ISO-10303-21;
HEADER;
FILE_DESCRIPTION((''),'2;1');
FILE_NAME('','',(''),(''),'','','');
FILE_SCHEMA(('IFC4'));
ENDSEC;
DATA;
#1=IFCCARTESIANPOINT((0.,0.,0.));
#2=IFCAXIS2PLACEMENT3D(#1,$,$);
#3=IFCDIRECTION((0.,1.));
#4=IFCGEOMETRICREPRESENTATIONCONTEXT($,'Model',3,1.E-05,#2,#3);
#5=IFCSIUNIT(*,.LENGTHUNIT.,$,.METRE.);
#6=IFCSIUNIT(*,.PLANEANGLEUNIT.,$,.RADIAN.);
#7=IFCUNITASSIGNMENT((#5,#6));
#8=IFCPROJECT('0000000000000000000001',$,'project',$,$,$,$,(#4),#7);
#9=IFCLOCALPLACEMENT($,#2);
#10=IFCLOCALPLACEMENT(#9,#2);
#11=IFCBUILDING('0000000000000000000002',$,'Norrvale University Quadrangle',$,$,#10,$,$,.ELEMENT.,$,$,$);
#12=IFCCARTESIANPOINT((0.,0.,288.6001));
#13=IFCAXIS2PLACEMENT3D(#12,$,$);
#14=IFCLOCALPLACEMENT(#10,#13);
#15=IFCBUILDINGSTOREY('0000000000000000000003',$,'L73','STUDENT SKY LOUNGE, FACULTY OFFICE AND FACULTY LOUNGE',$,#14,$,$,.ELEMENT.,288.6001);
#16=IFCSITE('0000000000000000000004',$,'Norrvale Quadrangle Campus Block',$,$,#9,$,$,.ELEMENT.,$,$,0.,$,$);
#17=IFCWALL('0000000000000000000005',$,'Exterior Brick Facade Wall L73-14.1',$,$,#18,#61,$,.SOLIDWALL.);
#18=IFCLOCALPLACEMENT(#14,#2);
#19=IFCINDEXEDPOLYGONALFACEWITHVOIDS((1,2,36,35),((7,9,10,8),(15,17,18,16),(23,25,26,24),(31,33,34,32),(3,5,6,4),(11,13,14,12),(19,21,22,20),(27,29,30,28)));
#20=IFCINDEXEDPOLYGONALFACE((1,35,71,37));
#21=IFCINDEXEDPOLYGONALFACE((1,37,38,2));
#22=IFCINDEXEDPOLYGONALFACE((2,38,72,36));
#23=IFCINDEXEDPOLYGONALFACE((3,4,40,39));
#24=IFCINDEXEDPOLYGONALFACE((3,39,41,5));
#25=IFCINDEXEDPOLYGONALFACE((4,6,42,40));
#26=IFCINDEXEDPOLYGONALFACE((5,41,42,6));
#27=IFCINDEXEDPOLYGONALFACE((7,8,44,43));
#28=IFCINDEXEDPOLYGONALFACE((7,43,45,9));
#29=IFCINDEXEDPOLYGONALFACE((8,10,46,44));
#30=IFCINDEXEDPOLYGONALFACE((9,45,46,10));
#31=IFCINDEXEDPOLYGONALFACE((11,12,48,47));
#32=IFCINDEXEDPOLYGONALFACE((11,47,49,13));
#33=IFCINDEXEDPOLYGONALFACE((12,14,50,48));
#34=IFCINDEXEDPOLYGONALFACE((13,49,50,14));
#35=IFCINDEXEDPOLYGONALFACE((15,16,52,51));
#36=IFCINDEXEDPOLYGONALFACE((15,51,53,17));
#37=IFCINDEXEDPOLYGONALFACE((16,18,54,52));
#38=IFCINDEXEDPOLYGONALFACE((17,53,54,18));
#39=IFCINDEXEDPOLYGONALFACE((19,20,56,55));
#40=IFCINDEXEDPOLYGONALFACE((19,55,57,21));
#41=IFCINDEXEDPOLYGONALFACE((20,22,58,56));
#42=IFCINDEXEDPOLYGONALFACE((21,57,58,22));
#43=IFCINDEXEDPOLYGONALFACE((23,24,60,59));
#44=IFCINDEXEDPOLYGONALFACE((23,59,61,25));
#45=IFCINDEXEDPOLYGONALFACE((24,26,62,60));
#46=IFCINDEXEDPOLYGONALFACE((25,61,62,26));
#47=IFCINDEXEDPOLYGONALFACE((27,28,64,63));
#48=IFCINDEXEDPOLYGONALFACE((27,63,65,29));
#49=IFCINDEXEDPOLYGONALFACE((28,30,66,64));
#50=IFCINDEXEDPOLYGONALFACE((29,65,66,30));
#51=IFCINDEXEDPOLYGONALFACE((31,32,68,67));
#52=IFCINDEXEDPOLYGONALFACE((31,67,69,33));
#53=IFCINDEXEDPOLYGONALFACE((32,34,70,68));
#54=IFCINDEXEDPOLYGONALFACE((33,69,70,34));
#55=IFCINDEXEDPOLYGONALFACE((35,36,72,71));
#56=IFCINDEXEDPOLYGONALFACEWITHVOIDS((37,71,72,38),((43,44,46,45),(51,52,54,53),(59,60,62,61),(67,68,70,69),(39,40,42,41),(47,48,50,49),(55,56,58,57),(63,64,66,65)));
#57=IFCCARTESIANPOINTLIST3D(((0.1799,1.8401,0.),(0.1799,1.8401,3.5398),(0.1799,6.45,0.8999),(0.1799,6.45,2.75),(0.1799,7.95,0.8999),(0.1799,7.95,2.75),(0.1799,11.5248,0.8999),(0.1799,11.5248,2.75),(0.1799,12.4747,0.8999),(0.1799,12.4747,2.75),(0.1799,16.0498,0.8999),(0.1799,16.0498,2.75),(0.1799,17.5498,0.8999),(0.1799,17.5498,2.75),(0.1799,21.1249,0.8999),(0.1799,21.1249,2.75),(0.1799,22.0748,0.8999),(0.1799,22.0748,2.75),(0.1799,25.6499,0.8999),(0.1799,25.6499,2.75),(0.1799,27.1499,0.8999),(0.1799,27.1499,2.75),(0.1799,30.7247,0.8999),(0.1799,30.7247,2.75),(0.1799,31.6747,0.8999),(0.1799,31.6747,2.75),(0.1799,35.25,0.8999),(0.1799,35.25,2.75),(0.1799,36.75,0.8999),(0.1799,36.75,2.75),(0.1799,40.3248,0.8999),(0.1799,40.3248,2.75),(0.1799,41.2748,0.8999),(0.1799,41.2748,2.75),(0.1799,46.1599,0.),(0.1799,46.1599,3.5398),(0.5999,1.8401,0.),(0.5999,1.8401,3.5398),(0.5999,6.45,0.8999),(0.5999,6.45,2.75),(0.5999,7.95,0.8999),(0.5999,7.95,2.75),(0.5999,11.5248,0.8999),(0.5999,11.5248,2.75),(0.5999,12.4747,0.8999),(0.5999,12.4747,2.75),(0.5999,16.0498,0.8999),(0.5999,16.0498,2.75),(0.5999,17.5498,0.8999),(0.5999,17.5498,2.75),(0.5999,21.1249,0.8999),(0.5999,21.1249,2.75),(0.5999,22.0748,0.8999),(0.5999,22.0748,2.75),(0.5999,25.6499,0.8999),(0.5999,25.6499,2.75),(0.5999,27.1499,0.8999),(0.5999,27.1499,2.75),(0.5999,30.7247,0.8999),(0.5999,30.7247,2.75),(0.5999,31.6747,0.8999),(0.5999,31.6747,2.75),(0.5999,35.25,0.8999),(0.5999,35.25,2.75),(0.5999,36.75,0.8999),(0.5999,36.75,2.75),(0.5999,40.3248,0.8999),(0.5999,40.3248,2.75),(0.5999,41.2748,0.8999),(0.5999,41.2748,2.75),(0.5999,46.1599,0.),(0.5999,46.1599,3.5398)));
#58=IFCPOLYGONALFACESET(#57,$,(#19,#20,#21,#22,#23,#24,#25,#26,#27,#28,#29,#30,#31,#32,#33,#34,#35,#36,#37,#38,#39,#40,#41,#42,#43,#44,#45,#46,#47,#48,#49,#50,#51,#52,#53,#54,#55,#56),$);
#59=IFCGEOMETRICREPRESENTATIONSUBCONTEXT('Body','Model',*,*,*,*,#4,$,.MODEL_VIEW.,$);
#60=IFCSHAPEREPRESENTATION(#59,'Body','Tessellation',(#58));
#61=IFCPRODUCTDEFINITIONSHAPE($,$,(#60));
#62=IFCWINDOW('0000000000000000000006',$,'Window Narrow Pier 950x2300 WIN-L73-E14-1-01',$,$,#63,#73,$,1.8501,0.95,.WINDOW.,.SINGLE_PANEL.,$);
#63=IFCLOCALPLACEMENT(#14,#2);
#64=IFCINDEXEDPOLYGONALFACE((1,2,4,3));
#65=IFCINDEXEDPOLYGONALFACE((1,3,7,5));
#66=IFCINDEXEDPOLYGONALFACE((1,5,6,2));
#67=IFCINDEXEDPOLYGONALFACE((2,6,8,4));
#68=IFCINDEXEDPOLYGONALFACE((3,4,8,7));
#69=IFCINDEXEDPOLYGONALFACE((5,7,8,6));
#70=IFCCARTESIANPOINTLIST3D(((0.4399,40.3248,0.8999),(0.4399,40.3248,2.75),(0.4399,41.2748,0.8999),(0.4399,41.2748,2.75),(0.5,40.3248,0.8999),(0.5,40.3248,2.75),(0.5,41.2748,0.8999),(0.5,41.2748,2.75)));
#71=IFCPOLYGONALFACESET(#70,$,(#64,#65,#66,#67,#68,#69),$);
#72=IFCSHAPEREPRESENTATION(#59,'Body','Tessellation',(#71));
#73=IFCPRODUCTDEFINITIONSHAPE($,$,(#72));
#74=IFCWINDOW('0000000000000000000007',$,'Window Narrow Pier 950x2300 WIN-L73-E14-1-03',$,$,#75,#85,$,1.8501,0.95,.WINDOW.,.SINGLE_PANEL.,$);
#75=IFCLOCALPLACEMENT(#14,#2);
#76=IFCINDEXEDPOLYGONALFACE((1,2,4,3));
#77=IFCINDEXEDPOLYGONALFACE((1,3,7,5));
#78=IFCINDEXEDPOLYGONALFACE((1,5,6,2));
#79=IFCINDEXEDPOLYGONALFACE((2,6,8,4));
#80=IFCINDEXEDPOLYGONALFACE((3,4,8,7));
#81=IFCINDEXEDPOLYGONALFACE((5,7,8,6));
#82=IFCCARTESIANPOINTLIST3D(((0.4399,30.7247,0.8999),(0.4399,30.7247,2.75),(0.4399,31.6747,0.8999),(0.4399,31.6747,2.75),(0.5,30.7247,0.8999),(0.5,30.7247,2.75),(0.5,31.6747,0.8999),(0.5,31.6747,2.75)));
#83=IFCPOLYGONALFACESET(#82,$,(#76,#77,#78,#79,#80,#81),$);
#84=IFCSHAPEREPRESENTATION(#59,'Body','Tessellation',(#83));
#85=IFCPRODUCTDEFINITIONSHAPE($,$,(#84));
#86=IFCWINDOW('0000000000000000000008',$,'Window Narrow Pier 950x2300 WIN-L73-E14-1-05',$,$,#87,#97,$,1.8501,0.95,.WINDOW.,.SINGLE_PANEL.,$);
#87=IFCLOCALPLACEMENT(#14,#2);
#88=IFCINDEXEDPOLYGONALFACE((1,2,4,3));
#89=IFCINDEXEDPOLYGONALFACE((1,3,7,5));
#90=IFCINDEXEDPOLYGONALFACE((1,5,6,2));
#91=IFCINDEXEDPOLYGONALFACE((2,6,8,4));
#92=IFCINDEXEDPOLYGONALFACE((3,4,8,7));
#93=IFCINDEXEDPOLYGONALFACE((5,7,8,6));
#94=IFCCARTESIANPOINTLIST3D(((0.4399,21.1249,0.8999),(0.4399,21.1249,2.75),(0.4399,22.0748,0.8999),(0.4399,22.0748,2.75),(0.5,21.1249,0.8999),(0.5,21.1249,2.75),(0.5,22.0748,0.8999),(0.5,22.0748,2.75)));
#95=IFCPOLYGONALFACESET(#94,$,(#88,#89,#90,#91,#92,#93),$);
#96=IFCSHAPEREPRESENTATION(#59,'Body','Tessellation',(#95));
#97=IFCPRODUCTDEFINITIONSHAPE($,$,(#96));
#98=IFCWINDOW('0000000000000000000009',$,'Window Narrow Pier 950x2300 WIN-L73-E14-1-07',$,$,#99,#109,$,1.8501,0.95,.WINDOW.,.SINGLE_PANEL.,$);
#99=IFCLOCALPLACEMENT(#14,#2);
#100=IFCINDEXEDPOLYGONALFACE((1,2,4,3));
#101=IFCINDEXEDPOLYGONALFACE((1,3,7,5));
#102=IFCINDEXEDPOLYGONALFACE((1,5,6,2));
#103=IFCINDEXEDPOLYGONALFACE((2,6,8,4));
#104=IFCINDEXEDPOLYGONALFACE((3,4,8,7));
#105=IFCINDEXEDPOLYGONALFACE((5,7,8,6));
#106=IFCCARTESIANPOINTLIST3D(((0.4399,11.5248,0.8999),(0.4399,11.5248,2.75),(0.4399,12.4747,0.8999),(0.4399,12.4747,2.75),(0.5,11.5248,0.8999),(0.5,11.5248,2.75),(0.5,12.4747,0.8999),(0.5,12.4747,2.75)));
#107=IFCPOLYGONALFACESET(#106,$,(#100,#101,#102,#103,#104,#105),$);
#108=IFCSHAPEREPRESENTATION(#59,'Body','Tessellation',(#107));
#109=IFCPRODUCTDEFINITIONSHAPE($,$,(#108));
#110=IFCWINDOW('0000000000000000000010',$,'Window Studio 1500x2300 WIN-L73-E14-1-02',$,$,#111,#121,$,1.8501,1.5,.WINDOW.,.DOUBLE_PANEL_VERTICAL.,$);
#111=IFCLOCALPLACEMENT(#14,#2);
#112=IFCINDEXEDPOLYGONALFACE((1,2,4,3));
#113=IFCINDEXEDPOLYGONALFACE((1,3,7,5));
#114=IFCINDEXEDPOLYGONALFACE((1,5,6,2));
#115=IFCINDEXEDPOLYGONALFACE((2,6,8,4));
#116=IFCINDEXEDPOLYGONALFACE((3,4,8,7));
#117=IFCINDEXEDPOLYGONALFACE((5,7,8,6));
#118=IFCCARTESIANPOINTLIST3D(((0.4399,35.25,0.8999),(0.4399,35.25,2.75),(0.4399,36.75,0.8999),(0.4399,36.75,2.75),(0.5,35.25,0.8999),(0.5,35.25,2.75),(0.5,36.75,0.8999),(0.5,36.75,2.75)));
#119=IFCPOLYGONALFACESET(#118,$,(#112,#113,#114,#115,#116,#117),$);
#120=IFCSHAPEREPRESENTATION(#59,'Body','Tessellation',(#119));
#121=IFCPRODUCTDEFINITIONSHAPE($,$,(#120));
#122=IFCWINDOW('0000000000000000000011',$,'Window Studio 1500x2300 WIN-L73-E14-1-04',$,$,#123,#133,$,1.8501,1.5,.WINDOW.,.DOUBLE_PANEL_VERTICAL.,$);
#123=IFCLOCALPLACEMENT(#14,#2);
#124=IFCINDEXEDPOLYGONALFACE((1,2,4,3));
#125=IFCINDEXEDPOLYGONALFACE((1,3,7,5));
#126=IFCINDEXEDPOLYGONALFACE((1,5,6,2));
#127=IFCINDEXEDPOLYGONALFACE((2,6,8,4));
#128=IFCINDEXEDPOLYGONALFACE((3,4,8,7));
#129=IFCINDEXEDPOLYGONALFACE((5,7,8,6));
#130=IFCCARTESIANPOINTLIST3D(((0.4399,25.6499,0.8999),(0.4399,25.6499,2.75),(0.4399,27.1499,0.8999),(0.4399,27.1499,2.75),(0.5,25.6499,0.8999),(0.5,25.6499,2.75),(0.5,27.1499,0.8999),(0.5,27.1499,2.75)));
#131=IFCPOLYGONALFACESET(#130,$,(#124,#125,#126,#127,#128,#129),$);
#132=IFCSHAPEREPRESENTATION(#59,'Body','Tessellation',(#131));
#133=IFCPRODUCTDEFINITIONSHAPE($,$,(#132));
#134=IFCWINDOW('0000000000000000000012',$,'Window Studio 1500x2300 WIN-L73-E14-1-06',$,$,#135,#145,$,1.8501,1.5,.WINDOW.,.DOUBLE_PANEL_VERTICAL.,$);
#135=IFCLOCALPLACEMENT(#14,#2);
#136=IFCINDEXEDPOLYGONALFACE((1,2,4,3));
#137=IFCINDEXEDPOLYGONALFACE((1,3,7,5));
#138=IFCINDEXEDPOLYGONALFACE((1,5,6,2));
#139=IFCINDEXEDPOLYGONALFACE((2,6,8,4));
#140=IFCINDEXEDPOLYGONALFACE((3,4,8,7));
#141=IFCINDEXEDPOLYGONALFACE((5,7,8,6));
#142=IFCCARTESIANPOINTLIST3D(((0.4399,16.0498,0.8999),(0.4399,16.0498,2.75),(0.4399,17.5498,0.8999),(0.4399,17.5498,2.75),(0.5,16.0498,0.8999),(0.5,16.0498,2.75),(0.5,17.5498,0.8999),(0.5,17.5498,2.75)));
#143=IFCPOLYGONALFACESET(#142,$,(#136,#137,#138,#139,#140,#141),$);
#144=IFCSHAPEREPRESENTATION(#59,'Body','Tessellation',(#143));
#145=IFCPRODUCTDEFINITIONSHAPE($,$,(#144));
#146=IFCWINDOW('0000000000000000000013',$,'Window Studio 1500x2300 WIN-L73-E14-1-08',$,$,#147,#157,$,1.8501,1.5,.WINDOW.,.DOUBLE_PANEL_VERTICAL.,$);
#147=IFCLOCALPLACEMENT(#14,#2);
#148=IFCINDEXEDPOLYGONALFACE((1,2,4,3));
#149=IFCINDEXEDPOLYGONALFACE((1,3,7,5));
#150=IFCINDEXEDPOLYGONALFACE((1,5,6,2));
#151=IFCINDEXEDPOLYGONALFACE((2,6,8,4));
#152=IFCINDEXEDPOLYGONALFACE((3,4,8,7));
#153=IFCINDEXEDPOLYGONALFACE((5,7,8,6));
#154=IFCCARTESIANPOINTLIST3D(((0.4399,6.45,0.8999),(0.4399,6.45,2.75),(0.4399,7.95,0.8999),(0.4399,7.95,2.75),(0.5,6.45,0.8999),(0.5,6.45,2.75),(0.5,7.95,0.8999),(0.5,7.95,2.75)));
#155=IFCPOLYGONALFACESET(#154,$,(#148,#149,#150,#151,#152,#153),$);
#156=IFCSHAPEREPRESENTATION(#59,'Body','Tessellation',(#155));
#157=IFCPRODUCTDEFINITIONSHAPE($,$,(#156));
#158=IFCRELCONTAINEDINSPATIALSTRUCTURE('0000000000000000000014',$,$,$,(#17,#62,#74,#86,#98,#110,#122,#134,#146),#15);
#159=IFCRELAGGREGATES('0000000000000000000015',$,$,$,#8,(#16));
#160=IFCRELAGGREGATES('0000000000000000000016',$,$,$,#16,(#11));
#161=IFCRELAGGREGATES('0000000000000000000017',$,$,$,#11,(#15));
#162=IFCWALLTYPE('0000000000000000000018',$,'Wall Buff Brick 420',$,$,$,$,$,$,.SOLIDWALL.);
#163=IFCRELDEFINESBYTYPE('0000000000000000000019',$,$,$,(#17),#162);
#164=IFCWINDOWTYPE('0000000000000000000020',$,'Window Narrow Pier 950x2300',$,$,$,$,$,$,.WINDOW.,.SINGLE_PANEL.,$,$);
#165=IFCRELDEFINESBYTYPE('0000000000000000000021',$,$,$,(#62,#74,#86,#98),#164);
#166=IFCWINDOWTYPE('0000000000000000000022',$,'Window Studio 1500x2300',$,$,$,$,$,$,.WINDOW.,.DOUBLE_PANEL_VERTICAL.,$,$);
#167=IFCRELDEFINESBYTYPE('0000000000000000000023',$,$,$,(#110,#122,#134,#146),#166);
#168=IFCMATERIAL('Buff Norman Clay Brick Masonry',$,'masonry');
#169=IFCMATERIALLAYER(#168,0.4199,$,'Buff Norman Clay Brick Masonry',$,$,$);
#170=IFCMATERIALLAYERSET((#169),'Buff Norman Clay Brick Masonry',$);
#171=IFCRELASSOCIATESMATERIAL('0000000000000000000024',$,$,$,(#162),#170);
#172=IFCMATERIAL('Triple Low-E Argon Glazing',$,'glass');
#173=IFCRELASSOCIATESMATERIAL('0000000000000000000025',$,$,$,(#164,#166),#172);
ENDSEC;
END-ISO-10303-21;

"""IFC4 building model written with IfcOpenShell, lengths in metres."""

from ifc_helpers import new_model, si_unit, direction, frame, frame_2d, origin, place, context, subcontext, project, spatial, rectangle, extrude, material, layer, layer_set, type_object, element, fill, save


model = new_model("IFC4")

# Units and contexts
model_context = context("Model", 3, precision=1e-05, world=origin(), true_north=direction((0.0, 1.0)))
body_context = subcontext(model_context, "Body", "Model", "MODEL_VIEW")
ifc_project = project(units=[si_unit("LENGTHUNIT", "METRE"), si_unit("PLANEANGLEUNIT", "RADIAN")], contexts=[model_context])

# Site, building, storey
site_placement = place(None, origin())
site = spatial("IfcSite", under=ifc_project, at=site_placement, Name="Norrvale Quadrangle Campus Block", CompositionType="ELEMENT", RefElevation=0.0)
building_placement = place(site_placement, origin())
building = spatial("IfcBuilding", under=site, at=building_placement, Name="Norrvale University Quadrangle", CompositionType="ELEMENT")
storey_placement = place(building_placement, frame((0.0, 0.0, 288.6001)))
storey = spatial("IfcBuildingStorey", under=building, at=storey_placement, Name="L73", Description="STUDENT SKY LOUNGE, FACULTY OFFICE AND FACULTY LOUNGE", CompositionType="ELEMENT", Elevation=288.6001)

# Shared definitions
ifc_material_1 = material(Name="Buff Norman Clay Brick Masonry", Category="masonry")
ifc_layer_1 = layer(ifc_material_1, 0.4199, Name="Buff Norman Clay Brick Masonry")
ifc_layer_set_1 = layer_set([ifc_layer_1], Name="Buff Norman Clay Brick Masonry")
wall_type_1 = type_object("IfcWallType", Name="Wall Buff Brick 420", PredefinedType="SOLIDWALL", material=ifc_layer_set_1)

# Wall, openings, windows
wall_1_placement = place(storey_placement, frame((0.3899, 46.1599, 0.0), z_axis=(0.0, 0.0, 1.0), x_axis=(0.0, -1.0, 0.0)))
wall_1 = element("IfcWall", 1, at=wall_1_placement, inside=storey, type_object=wall_type_1, Name="Exterior Brick Facade Wall L73-14.1", PredefinedType="SOLIDWALL", context=body_context, shape_type="SweptSolid", body=[
    extrude(rectangle(XDim=44.3198, YDim=0.4199, at=frame_2d((22.1599, 0.0))), origin(), (0.0, 0.0, 1.0), 3.5398),
])
opening_1_placement = place(wall_1_placement, frame((4.885, 0.0, 0.8999)))
opening_1 = element("IfcOpeningElement", 2, at=opening_1_placement, cuts=wall_1, PredefinedType="OPENING", context=body_context, shape_type="SweptSolid", body=[
    extrude(rectangle(XDim=0.95, YDim=1.8501, at=frame_2d((0.4751, 0.925))), frame((0.0, 0.2219, 0.0), z_axis=(0.0, -1.0, 0.0), x_axis=(1.0, 0.0, 0.0)), (0.0, 0.0, 1.0), 0.4438),
])
opening_2_placement = place(wall_1_placement, frame((9.4099, 0.0, 0.8999)))
opening_2 = element("IfcOpeningElement", 3, at=opening_2_placement, cuts=wall_1, PredefinedType="OPENING", context=body_context, shape_type="SweptSolid", body=[
    extrude(rectangle(XDim=1.5, YDim=1.8501, at=frame_2d((0.75, 0.925))), frame((0.0, 0.2219, 0.0), z_axis=(0.0, -1.0, 0.0), x_axis=(1.0, 0.0, 0.0)), (0.0, 0.0, 1.0), 0.4438),
])
opening_3_placement = place(wall_1_placement, frame((14.4851, 0.0, 0.8999)))
opening_3 = element("IfcOpeningElement", 4, at=opening_3_placement, cuts=wall_1, PredefinedType="OPENING", context=body_context, shape_type="SweptSolid", body=[
    extrude(rectangle(XDim=0.95, YDim=1.8501, at=frame_2d((0.4751, 0.925))), frame((0.0, 0.2219, 0.0), z_axis=(0.0, -1.0, 0.0), x_axis=(1.0, 0.0, 0.0)), (0.0, 0.0, 1.0), 0.4438),
])
opening_4_placement = place(wall_1_placement, frame((19.01, 0.0, 0.8999)))
opening_4 = element("IfcOpeningElement", 5, at=opening_4_placement, cuts=wall_1, PredefinedType="OPENING", context=body_context, shape_type="SweptSolid", body=[
    extrude(rectangle(XDim=1.5, YDim=1.8501, at=frame_2d((0.75, 0.925))), frame((0.0, 0.2219, 0.0), z_axis=(0.0, -1.0, 0.0), x_axis=(1.0, 0.0, 0.0)), (0.0, 0.0, 1.0), 0.4438),
])
opening_5_placement = place(wall_1_placement, frame((24.085, 0.0, 0.8999)))
opening_5 = element("IfcOpeningElement", 6, at=opening_5_placement, cuts=wall_1, PredefinedType="OPENING", context=body_context, shape_type="SweptSolid", body=[
    extrude(rectangle(XDim=0.95, YDim=1.8501, at=frame_2d((0.4751, 0.925))), frame((0.0, 0.2219, 0.0), z_axis=(0.0, -1.0, 0.0), x_axis=(1.0, 0.0, 0.0)), (0.0, 0.0, 1.0), 0.4438),
])
opening_6_placement = place(wall_1_placement, frame((28.6101, 0.0, 0.8999)))
opening_6 = element("IfcOpeningElement", 7, at=opening_6_placement, cuts=wall_1, PredefinedType="OPENING", context=body_context, shape_type="SweptSolid", body=[
    extrude(rectangle(XDim=1.5, YDim=1.8501, at=frame_2d((0.75, 0.925))), frame((0.0, 0.2219, 0.0), z_axis=(0.0, -1.0, 0.0), x_axis=(1.0, 0.0, 0.0)), (0.0, 0.0, 1.0), 0.4438),
])
opening_7_placement = place(wall_1_placement, frame((33.6851, 0.0, 0.8999)))
opening_7 = element("IfcOpeningElement", 8, at=opening_7_placement, cuts=wall_1, PredefinedType="OPENING", context=body_context, shape_type="SweptSolid", body=[
    extrude(rectangle(XDim=0.95, YDim=1.8501, at=frame_2d((0.4751, 0.925))), frame((0.0, 0.2219, 0.0), z_axis=(0.0, -1.0, 0.0), x_axis=(1.0, 0.0, 0.0)), (0.0, 0.0, 1.0), 0.4438),
])
opening_8_placement = place(wall_1_placement, frame((38.21, 0.0, 0.8999)))
opening_8 = element("IfcOpeningElement", 9, at=opening_8_placement, cuts=wall_1, PredefinedType="OPENING", context=body_context, shape_type="SweptSolid", body=[
    extrude(rectangle(XDim=1.5, YDim=1.8501, at=frame_2d((0.75, 0.925))), frame((0.0, 0.2219, 0.0), z_axis=(0.0, -1.0, 0.0), x_axis=(1.0, 0.0, 0.0)), (0.0, 0.0, 1.0), 0.4438),
])
ifc_material_2 = material(Name="Triple Low-E Argon Glazing", Category="glass")
window_type_1 = type_object("IfcWindowType", Name="Window Narrow Pier 950x2300", PartitioningType="SINGLE_PANEL", PredefinedType="WINDOW", material=ifc_material_2)
window_1_placement = place(opening_1_placement, origin())
window_1 = element("IfcWindow", 10, at=window_1_placement, inside=storey, type_object=window_type_1, Name="Window Narrow Pier 950x2300 WIN-L73-E14-1-01", OverallHeight=1.8501, OverallWidth=0.95, PartitioningType="SINGLE_PANEL", PredefinedType="WINDOW", context=body_context, shape_type="SweptSolid", body=[
    extrude(rectangle(XDim=0.95, YDim=1.8501, at=frame_2d((0.4751, 0.925))), frame((0.0, 0.1101, 0.0), z_axis=(0.0, -1.0, 0.0), x_axis=(1.0, 0.0, 0.0)), (0.0, 0.0, 1.0), 0.0601),
])
fill(opening_1, window_1)
window_2_placement = place(opening_3_placement, origin())
window_2 = element("IfcWindow", 11, at=window_2_placement, inside=storey, type_object=window_type_1, Name="Window Narrow Pier 950x2300 WIN-L73-E14-1-03", OverallHeight=1.8501, OverallWidth=0.95, PartitioningType="SINGLE_PANEL", PredefinedType="WINDOW", context=body_context, shape_type="SweptSolid", body=[
    extrude(rectangle(XDim=0.95, YDim=1.8501, at=frame_2d((0.4751, 0.925))), frame((0.0, 0.1101, 0.0), z_axis=(0.0, -1.0, 0.0), x_axis=(1.0, 0.0, 0.0)), (0.0, 0.0, 1.0), 0.0601),
])
fill(opening_3, window_2)
window_3_placement = place(opening_5_placement, origin())
window_3 = element("IfcWindow", 12, at=window_3_placement, inside=storey, type_object=window_type_1, Name="Window Narrow Pier 950x2300 WIN-L73-E14-1-05", OverallHeight=1.8501, OverallWidth=0.95, PartitioningType="SINGLE_PANEL", PredefinedType="WINDOW", context=body_context, shape_type="SweptSolid", body=[
    extrude(rectangle(XDim=0.95, YDim=1.8501, at=frame_2d((0.4751, 0.925))), frame((0.0, 0.1101, 0.0), z_axis=(0.0, -1.0, 0.0), x_axis=(1.0, 0.0, 0.0)), (0.0, 0.0, 1.0), 0.0601),
])
fill(opening_5, window_3)
window_4_placement = place(opening_7_placement, origin())
window_4 = element("IfcWindow", 13, at=window_4_placement, inside=storey, type_object=window_type_1, Name="Window Narrow Pier 950x2300 WIN-L73-E14-1-07", OverallHeight=1.8501, OverallWidth=0.95, PartitioningType="SINGLE_PANEL", PredefinedType="WINDOW", context=body_context, shape_type="SweptSolid", body=[
    extrude(rectangle(XDim=0.95, YDim=1.8501, at=frame_2d((0.4751, 0.925))), frame((0.0, 0.1101, 0.0), z_axis=(0.0, -1.0, 0.0), x_axis=(1.0, 0.0, 0.0)), (0.0, 0.0, 1.0), 0.0601),
])
fill(opening_7, window_4)
window_type_2 = type_object("IfcWindowType", Name="Window Studio 1500x2300", PartitioningType="DOUBLE_PANEL_VERTICAL", PredefinedType="WINDOW", material=ifc_material_2)
window_5_placement = place(opening_2_placement, origin())
window_5 = element("IfcWindow", 14, at=window_5_placement, inside=storey, type_object=window_type_2, Name="Window Studio 1500x2300 WIN-L73-E14-1-02", OverallHeight=1.8501, OverallWidth=1.5, PartitioningType="DOUBLE_PANEL_VERTICAL", PredefinedType="WINDOW", context=body_context, shape_type="SweptSolid", body=[
    extrude(rectangle(XDim=1.5, YDim=1.8501, at=frame_2d((0.75, 0.925))), frame((0.0, 0.1101, 0.0), z_axis=(0.0, -1.0, 0.0), x_axis=(1.0, 0.0, 0.0)), (0.0, 0.0, 1.0), 0.0601),
])
fill(opening_2, window_5)
window_6_placement = place(opening_4_placement, origin())
window_6 = element("IfcWindow", 15, at=window_6_placement, inside=storey, type_object=window_type_2, Name="Window Studio 1500x2300 WIN-L73-E14-1-04", OverallHeight=1.8501, OverallWidth=1.5, PartitioningType="DOUBLE_PANEL_VERTICAL", PredefinedType="WINDOW", context=body_context, shape_type="SweptSolid", body=[
    extrude(rectangle(XDim=1.5, YDim=1.8501, at=frame_2d((0.75, 0.925))), frame((0.0, 0.1101, 0.0), z_axis=(0.0, -1.0, 0.0), x_axis=(1.0, 0.0, 0.0)), (0.0, 0.0, 1.0), 0.0601),
])
fill(opening_4, window_6)
window_7_placement = place(opening_6_placement, origin())
window_7 = element("IfcWindow", 16, at=window_7_placement, inside=storey, type_object=window_type_2, Name="Window Studio 1500x2300 WIN-L73-E14-1-06", OverallHeight=1.8501, OverallWidth=1.5, PartitioningType="DOUBLE_PANEL_VERTICAL", PredefinedType="WINDOW", context=body_context, shape_type="SweptSolid", body=[
    extrude(rectangle(XDim=1.5, YDim=1.8501, at=frame_2d((0.75, 0.925))), frame((0.0, 0.1101, 0.0), z_axis=(0.0, -1.0, 0.0), x_axis=(1.0, 0.0, 0.0)), (0.0, 0.0, 1.0), 0.0601),
])
fill(opening_6, window_7)
window_8_placement = place(opening_8_placement, origin())
window_8 = element("IfcWindow", 17, at=window_8_placement, inside=storey, type_object=window_type_2, Name="Window Studio 1500x2300 WIN-L73-E14-1-08", OverallHeight=1.8501, OverallWidth=1.5, PartitioningType="DOUBLE_PANEL_VERTICAL", PredefinedType="WINDOW", context=body_context, shape_type="SweptSolid", body=[
    extrude(rectangle(XDim=1.5, YDim=1.8501, at=frame_2d((0.75, 0.925))), frame((0.0, 0.1101, 0.0), z_axis=(0.0, -1.0, 0.0), x_axis=(1.0, 0.0, 0.0)), (0.0, 0.0, 1.0), 0.0601),
])
fill(opening_8, window_8)

save(model, "model.ifc")
